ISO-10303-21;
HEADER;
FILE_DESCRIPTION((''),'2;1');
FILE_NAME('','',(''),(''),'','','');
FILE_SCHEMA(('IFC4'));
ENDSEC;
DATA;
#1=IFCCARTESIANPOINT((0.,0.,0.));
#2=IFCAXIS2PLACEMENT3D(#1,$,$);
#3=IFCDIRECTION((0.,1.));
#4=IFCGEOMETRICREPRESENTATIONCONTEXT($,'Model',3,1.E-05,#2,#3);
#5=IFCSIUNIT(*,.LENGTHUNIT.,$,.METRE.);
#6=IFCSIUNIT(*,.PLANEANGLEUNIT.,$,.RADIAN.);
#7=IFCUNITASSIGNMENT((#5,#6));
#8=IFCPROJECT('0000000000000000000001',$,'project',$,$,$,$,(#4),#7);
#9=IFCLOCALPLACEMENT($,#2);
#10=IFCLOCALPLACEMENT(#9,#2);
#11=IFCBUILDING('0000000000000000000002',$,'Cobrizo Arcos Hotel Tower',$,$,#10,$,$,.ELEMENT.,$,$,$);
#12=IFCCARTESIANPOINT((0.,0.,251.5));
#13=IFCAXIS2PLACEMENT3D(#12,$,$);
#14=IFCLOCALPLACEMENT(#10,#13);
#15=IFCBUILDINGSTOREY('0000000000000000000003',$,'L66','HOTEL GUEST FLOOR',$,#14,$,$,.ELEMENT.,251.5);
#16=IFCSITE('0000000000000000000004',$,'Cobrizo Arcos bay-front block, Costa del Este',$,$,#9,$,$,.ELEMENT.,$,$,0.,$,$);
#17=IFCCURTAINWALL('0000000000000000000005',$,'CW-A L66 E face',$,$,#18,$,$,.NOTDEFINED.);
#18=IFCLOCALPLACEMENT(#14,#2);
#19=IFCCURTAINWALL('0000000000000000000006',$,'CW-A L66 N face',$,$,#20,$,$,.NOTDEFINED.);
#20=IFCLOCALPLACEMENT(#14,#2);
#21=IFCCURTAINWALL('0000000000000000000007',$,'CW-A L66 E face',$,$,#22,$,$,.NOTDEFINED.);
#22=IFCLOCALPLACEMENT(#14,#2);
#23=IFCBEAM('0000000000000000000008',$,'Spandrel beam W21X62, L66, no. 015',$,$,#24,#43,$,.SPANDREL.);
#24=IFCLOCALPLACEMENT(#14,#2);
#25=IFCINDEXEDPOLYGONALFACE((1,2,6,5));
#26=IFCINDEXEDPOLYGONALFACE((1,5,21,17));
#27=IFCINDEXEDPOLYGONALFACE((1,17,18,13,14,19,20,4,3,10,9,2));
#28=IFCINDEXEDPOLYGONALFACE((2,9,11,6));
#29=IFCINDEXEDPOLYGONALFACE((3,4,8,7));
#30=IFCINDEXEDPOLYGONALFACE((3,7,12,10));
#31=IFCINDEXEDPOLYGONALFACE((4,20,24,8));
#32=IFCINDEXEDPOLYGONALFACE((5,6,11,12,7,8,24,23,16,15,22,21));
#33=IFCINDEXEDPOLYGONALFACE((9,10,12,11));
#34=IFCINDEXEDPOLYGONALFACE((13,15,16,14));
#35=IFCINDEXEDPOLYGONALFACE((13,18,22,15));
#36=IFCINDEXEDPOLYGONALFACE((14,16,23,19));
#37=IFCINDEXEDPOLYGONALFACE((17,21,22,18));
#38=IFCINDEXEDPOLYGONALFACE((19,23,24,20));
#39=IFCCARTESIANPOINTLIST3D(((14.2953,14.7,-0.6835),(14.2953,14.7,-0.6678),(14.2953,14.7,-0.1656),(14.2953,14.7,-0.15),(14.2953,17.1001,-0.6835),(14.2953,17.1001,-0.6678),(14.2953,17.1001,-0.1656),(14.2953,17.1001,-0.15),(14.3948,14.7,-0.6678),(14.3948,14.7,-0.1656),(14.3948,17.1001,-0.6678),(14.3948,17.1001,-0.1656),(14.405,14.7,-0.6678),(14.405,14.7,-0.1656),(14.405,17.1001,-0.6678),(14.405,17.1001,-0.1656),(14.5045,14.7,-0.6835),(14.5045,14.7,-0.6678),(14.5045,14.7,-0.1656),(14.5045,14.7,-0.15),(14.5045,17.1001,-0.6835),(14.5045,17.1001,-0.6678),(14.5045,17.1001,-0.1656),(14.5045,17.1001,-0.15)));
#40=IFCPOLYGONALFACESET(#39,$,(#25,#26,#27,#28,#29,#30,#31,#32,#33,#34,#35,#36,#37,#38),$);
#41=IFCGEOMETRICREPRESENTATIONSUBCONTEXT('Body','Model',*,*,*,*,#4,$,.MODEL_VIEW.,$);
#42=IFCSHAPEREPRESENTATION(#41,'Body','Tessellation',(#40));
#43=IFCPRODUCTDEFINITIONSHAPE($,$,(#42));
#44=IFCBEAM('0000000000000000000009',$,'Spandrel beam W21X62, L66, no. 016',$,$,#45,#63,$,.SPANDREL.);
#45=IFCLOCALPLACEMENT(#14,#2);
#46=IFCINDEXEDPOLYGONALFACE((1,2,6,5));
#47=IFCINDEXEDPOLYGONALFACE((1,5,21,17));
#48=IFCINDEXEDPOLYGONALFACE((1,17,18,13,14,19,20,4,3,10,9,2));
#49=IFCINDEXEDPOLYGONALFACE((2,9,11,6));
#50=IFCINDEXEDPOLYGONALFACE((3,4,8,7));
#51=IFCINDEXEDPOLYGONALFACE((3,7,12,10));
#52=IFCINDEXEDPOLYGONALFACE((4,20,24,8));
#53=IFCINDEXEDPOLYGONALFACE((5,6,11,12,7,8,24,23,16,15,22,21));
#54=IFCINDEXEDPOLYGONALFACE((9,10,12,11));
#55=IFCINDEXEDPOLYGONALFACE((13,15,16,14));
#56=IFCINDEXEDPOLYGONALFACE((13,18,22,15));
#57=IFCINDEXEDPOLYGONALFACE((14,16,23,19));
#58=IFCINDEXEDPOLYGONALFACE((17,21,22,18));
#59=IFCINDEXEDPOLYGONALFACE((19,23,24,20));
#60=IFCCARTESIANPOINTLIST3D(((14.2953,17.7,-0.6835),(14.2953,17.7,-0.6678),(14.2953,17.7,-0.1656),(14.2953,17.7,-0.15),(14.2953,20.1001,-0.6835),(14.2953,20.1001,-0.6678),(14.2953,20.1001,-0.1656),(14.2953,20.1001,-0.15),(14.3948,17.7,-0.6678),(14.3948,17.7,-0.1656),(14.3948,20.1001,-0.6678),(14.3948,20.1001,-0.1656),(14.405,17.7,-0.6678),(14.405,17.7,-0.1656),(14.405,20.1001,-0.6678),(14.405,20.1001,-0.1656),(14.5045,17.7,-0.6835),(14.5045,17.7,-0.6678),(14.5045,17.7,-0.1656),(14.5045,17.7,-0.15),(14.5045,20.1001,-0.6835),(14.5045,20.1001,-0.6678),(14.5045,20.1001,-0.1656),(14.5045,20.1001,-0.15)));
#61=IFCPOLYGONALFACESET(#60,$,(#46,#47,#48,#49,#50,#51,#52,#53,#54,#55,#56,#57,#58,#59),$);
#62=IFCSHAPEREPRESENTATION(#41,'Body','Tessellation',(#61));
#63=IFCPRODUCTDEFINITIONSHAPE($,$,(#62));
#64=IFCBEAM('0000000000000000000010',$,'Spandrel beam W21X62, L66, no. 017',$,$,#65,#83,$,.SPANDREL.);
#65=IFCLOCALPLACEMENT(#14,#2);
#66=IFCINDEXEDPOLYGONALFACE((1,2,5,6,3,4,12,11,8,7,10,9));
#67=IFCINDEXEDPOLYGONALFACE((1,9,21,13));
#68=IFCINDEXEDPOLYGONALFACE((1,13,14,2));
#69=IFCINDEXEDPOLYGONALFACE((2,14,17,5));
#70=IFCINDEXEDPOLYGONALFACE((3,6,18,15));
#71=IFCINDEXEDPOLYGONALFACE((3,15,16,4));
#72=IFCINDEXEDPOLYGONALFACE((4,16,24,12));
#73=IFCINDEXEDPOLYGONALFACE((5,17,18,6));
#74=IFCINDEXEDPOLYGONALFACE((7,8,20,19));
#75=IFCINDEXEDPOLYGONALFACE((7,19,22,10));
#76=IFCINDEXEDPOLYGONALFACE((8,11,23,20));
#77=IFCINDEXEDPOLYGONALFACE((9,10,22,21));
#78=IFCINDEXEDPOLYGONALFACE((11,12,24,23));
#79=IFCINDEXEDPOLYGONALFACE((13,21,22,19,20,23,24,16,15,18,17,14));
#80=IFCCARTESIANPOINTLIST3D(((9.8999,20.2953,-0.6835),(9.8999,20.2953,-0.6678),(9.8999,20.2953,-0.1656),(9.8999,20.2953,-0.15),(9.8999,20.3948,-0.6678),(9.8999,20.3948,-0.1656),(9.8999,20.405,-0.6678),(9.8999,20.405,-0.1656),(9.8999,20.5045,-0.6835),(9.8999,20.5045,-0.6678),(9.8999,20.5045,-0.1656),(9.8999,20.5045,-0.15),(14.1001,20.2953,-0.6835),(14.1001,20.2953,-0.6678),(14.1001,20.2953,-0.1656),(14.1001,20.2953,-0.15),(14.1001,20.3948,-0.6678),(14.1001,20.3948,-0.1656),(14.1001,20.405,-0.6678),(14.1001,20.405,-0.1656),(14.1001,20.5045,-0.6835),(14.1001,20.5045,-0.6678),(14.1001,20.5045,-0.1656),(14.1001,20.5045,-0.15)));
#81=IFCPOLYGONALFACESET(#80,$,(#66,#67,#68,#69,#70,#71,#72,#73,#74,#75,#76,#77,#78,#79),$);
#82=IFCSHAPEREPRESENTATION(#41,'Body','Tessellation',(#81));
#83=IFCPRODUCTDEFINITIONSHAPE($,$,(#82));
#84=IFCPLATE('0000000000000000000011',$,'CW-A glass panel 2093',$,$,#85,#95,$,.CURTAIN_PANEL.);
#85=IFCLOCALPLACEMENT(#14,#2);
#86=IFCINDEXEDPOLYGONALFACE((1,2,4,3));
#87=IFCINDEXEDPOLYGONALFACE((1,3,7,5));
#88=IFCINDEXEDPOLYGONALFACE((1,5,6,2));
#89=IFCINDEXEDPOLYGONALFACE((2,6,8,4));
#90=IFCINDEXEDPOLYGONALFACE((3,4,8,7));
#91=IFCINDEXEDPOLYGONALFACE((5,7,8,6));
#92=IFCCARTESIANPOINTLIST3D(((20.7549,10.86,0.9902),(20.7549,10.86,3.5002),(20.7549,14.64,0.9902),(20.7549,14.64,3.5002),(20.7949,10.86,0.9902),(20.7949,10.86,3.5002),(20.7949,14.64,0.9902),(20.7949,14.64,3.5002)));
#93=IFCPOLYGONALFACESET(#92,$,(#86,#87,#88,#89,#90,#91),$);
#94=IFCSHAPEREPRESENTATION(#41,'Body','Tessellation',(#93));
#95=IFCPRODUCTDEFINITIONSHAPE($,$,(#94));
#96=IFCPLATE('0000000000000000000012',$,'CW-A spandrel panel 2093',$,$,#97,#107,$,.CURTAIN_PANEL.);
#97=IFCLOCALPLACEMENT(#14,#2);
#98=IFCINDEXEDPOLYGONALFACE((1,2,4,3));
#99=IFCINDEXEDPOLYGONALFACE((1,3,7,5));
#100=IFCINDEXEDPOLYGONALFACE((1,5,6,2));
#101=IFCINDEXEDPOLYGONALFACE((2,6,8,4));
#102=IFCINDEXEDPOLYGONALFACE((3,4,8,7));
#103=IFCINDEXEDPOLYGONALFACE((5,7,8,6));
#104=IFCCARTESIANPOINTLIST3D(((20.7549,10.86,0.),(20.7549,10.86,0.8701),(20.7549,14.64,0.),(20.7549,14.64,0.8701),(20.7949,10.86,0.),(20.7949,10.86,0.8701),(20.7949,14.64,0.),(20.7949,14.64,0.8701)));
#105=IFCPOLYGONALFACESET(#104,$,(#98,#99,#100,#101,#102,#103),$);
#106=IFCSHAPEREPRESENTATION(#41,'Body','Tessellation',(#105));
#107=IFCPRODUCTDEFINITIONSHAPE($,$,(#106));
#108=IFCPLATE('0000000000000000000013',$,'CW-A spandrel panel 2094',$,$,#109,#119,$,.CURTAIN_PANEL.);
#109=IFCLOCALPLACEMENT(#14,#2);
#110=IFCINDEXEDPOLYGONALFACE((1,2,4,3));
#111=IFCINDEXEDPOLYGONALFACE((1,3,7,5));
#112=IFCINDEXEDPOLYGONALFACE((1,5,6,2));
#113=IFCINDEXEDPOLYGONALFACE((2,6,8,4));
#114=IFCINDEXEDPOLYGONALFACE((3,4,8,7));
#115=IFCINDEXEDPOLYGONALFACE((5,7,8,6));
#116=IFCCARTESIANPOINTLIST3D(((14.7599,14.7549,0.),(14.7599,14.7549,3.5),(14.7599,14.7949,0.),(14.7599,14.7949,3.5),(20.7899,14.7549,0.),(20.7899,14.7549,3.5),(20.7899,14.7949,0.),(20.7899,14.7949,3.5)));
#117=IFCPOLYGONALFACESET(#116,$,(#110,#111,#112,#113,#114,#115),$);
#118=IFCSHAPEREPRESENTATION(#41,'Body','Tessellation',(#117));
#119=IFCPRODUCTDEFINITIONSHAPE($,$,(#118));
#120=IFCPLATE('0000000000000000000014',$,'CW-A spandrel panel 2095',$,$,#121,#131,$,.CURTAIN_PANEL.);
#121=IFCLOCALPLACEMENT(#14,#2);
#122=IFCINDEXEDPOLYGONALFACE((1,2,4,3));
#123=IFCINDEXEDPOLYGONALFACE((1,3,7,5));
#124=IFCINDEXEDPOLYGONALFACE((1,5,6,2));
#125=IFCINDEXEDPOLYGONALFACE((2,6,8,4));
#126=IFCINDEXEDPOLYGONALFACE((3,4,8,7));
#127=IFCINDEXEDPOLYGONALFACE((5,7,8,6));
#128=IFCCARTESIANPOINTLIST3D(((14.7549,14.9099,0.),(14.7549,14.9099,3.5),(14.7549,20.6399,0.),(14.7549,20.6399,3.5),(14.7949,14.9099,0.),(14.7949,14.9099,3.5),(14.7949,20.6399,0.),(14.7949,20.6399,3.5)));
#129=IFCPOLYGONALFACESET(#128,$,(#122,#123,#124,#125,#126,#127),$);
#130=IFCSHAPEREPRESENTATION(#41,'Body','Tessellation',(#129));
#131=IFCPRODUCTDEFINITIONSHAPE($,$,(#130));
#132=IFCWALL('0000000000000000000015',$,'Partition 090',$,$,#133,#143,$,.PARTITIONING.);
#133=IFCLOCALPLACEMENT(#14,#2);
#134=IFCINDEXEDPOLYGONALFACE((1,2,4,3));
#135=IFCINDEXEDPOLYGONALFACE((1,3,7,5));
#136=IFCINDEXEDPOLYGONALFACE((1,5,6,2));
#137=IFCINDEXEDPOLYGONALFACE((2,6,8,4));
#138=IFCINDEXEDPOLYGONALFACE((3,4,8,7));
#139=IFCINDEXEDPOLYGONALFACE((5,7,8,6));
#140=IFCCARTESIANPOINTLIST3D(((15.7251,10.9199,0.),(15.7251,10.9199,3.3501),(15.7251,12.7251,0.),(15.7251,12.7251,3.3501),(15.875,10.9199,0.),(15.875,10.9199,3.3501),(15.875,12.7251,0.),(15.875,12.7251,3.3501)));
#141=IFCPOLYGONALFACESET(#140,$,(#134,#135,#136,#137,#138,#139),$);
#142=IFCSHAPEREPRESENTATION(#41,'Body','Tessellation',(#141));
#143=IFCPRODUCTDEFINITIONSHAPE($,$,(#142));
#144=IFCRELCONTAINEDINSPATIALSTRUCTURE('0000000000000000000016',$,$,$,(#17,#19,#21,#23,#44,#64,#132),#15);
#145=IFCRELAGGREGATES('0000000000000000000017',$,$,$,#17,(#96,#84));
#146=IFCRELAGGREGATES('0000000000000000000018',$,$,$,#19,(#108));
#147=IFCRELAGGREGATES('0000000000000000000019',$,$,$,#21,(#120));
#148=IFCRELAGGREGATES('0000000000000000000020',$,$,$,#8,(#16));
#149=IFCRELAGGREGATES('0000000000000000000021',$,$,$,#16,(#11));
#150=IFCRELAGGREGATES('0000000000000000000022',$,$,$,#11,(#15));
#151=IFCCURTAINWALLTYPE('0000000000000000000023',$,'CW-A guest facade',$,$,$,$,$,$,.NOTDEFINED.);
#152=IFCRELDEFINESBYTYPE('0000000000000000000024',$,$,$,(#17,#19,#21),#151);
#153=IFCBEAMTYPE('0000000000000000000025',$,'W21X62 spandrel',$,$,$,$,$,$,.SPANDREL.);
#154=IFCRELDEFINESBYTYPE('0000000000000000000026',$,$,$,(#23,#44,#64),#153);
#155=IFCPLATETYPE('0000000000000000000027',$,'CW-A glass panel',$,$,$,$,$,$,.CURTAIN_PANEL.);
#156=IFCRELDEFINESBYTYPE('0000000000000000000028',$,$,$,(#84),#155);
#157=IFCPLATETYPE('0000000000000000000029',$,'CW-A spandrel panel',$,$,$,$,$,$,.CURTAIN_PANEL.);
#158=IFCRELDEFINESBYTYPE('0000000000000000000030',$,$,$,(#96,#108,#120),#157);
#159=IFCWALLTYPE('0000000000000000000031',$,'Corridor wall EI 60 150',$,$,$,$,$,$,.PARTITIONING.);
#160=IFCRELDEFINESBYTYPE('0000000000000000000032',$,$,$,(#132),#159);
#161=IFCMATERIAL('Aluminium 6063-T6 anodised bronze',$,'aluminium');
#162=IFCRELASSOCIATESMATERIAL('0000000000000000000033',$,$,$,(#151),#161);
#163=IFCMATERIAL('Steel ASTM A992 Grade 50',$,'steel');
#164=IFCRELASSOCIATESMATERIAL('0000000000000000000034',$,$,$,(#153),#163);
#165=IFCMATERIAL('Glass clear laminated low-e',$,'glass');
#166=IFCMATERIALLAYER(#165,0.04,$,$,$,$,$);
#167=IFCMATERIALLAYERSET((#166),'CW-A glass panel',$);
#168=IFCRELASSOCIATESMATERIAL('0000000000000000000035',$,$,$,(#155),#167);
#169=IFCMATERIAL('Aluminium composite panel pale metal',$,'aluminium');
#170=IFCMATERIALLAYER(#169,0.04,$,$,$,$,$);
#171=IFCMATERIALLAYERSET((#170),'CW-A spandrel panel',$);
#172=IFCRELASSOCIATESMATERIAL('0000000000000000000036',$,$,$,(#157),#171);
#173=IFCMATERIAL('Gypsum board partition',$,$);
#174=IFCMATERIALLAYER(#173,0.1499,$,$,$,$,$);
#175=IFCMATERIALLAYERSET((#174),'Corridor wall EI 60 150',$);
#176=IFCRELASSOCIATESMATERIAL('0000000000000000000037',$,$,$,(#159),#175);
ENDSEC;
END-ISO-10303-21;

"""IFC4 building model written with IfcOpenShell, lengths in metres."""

from ifc_helpers import new_model, si_unit, direction, frame, frame_2d, origin, origin_2d, place, context, subcontext, project, spatial, rectangle, i_section, extrude, material, layer, layer_set, material_profile, profile_set, type_object, element, aggregate, save


model = new_model("IFC4")

# Units and contexts
model_context = context("Model", 3, precision=1e-05, world=origin(), true_north=direction((0.0, 1.0)))
body_context = subcontext(model_context, "Body", "Model", "MODEL_VIEW")
ifc_project = project(units=[si_unit("LENGTHUNIT", "METRE"), si_unit("PLANEANGLEUNIT", "RADIAN")], contexts=[model_context])

# Site, building, storey
site_placement = place(None, origin())
site = spatial("IfcSite", under=ifc_project, at=site_placement, Name="Cobrizo Arcos bay-front block, Costa del Este", CompositionType="ELEMENT", RefElevation=0.0)
building_placement = place(site_placement, origin())
building = spatial("IfcBuilding", under=site, at=building_placement, Name="Cobrizo Arcos Hotel Tower", CompositionType="ELEMENT")
storey_placement = place(building_placement, frame((0.0, 0.0, 251.5)))
storey = spatial("IfcBuildingStorey", under=building, at=storey_placement, Name="L66", Description="HOTEL GUEST FLOOR", CompositionType="ELEMENT", Elevation=251.5)

# Curtain wall
ifc_material_1 = material(Name="Aluminium 6063-T6 anodised bronze", Category="aluminium")
curtain_wall_type = type_object("IfcCurtainWallType", Name="CW-A guest facade", PredefinedType="NOTDEFINED", material=ifc_material_1)
curtain_wall_1_placement = place(storey_placement, origin())
curtain_wall_1 = element("IfcCurtainWall", 1, at=curtain_wall_1_placement, inside=storey, type_object=curtain_wall_type, Name="CW-A L66 E face", PredefinedType="NOTDEFINED")

# Curtain walls
curtain_wall_2_placement = place(storey_placement, origin())
curtain_wall_2 = element("IfcCurtainWall", 2, at=curtain_wall_2_placement, inside=storey, type_object=curtain_wall_type, Name="CW-A L66 N face", PredefinedType="NOTDEFINED")
curtain_wall_3_placement = place(storey_placement, origin())
curtain_wall_3 = element("IfcCurtainWall", 3, at=curtain_wall_3_placement, inside=storey, type_object=curtain_wall_type, Name="CW-A L66 E face", PredefinedType="NOTDEFINED")

# Beams
ifc_material_2 = material(Name="Steel ASTM A992 Grade 50", Category="steel")
ifc_material_profile_1 = material_profile(ifc_material_2, i_section(OverallWidth=0.2092, OverallDepth=0.5334, WebThickness=0.0103, FlangeThickness=0.0156, at=origin_2d()), Name="W21X62")
ifc_profile_set_1 = profile_set([ifc_material_profile_1], Name="Steel ASTM A992 Grade 50")
beam_type = type_object("IfcBeamType", Name="W21X62 spandrel", PredefinedType="SPANDREL", material=ifc_profile_set_1)
for number, where, z_axis, x_axis, name in (
    (4, (14.3999, 14.7, -0.4167), (0.0, 1.0, 0.0), (-1.0, 0.0, 0.0), "Spandrel beam W21X62, L66, no. 015"),
    (5, (14.3999, 17.7, -0.4167), (0.0, 1.0, 0.0), (-1.0, 0.0, 0.0), "Spandrel beam W21X62, L66, no. 016"),
):
    element("IfcBeam", number, at=place(storey_placement, frame(where, z_axis=z_axis, x_axis=x_axis)), inside=storey, type_object=beam_type, Name=name, PredefinedType="SPANDREL", context=body_context, shape_type="SweptSolid", body=[
        extrude(i_section(OverallWidth=0.2092, OverallDepth=0.5334, WebThickness=0.0103, FlangeThickness=0.0156, at=origin_2d()), origin(), (0.0, 0.0, 1.0), 2.4001),
    ])
beam_placement = place(storey_placement, frame((14.1001, 20.3999, -0.4167), z_axis=(-1.0, 0.0, 0.0), x_axis=(0.0, -1.0, 0.0)))
element("IfcBeam", 6, at=beam_placement, inside=storey, type_object=beam_type, Name="Spandrel beam W21X62, L66, no. 017", PredefinedType="SPANDREL", context=body_context, shape_type="SweptSolid", body=[
    extrude(i_section(OverallWidth=0.2092, OverallDepth=0.5334, WebThickness=0.0103, FlangeThickness=0.0156, at=origin_2d()), origin(), (0.0, 0.0, 1.0), 4.2002),
])

# Plates
ifc_material_3 = material(Name="Glass clear laminated low-e", Category="glass")
ifc_layer_1 = layer(ifc_material_3, 0.04)
ifc_layer_set_1 = layer_set([ifc_layer_1], Name="CW-A glass panel")
plate_type_1 = type_object("IfcPlateType", Name="CW-A glass panel", PredefinedType="CURTAIN_PANEL", material=ifc_layer_set_1)
plate_1_placement = place(storey_placement, frame((20.7749, 12.75, 0.9902), z_axis=(0.0, 0.0, 1.0), x_axis=(0.0, 1.0, 0.0)))
plate_1 = element("IfcPlate", 7, at=plate_1_placement, type_object=plate_type_1, Name="CW-A glass panel 2093", PredefinedType="CURTAIN_PANEL", context=body_context, shape_type="SweptSolid", body=[
    extrude(rectangle(XDim=3.78, YDim=0.04, at=origin_2d()), origin(), (0.0, 0.0, 1.0), 2.51),
])
ifc_material_4 = material(Name="Aluminium composite panel pale metal", Category="aluminium")
ifc_layer_2 = layer(ifc_material_4, 0.04)
ifc_layer_set_2 = layer_set([ifc_layer_2], Name="CW-A spandrel panel")
plate_type_2 = type_object("IfcPlateType", Name="CW-A spandrel panel", PredefinedType="CURTAIN_PANEL", material=ifc_layer_set_2)
plate_2_placement = place(storey_placement, frame((20.7749, 12.75, 0.0), z_axis=(0.0, 0.0, 1.0), x_axis=(0.0, 1.0, 0.0)))
plate_2 = element("IfcPlate", 8, at=plate_2_placement, type_object=plate_type_2, Name="CW-A spandrel panel 2093", PredefinedType="CURTAIN_PANEL", context=body_context, shape_type="SweptSolid", body=[
    extrude(rectangle(XDim=3.78, YDim=0.04, at=origin_2d()), origin(), (0.0, 0.0, 1.0), 0.8701),
])
aggregate(curtain_wall_1, [plate_2, plate_1])
plate_3_placement = place(storey_placement, frame((17.7749, 14.7749, 0.0), z_axis=(0.0, 0.0, 1.0), x_axis=(-1.0, 0.0, 0.0)))
plate_3 = element("IfcPlate", 9, at=plate_3_placement, type_object=plate_type_2, Name="CW-A spandrel panel 2094", PredefinedType="CURTAIN_PANEL", context=body_context, shape_type="SweptSolid", body=[
    extrude(rectangle(XDim=6.03, YDim=0.04, at=origin_2d()), origin(), (0.0, 0.0, 1.0), 3.5),
])
aggregate(curtain_wall_2, [plate_3])
plate_4_placement = place(storey_placement, frame((14.7749, 17.7749, 0.0), z_axis=(0.0, 0.0, 1.0), x_axis=(0.0, 1.0, 0.0)))
plate_4 = element("IfcPlate", 10, at=plate_4_placement, type_object=plate_type_2, Name="CW-A spandrel panel 2095", PredefinedType="CURTAIN_PANEL", context=body_context, shape_type="SweptSolid", body=[
    extrude(rectangle(XDim=5.73, YDim=0.04, at=origin_2d()), origin(), (0.0, 0.0, 1.0), 3.5),
])
aggregate(curtain_wall_3, [plate_4])

# Wall
ifc_material_5 = material(Name="Gypsum board partition")
ifc_layer_3 = layer(ifc_material_5, 0.1499)
ifc_layer_set_3 = layer_set([ifc_layer_3], Name="Corridor wall EI 60 150")
wall_type = type_object("IfcWallType", Name="Corridor wall EI 60 150", PredefinedType="PARTITIONING", material=ifc_layer_set_3)
wall_placement = place(storey_placement, frame((15.8, 10.9199, 0.0), z_axis=(0.0, 0.0, 1.0), x_axis=(0.0, 1.0, 0.0)))
element("IfcWall", 11, at=wall_placement, inside=storey, type_object=wall_type, Name="Partition 090", PredefinedType="PARTITIONING", context=body_context, shape_type="SweptSolid", body=[
    extrude(rectangle(XDim=1.8052, YDim=0.1499, at=frame_2d((0.9026, 0.0))), origin(), (0.0, 0.0, 1.0), 3.3501),
])

save(model, "model.ifc")
